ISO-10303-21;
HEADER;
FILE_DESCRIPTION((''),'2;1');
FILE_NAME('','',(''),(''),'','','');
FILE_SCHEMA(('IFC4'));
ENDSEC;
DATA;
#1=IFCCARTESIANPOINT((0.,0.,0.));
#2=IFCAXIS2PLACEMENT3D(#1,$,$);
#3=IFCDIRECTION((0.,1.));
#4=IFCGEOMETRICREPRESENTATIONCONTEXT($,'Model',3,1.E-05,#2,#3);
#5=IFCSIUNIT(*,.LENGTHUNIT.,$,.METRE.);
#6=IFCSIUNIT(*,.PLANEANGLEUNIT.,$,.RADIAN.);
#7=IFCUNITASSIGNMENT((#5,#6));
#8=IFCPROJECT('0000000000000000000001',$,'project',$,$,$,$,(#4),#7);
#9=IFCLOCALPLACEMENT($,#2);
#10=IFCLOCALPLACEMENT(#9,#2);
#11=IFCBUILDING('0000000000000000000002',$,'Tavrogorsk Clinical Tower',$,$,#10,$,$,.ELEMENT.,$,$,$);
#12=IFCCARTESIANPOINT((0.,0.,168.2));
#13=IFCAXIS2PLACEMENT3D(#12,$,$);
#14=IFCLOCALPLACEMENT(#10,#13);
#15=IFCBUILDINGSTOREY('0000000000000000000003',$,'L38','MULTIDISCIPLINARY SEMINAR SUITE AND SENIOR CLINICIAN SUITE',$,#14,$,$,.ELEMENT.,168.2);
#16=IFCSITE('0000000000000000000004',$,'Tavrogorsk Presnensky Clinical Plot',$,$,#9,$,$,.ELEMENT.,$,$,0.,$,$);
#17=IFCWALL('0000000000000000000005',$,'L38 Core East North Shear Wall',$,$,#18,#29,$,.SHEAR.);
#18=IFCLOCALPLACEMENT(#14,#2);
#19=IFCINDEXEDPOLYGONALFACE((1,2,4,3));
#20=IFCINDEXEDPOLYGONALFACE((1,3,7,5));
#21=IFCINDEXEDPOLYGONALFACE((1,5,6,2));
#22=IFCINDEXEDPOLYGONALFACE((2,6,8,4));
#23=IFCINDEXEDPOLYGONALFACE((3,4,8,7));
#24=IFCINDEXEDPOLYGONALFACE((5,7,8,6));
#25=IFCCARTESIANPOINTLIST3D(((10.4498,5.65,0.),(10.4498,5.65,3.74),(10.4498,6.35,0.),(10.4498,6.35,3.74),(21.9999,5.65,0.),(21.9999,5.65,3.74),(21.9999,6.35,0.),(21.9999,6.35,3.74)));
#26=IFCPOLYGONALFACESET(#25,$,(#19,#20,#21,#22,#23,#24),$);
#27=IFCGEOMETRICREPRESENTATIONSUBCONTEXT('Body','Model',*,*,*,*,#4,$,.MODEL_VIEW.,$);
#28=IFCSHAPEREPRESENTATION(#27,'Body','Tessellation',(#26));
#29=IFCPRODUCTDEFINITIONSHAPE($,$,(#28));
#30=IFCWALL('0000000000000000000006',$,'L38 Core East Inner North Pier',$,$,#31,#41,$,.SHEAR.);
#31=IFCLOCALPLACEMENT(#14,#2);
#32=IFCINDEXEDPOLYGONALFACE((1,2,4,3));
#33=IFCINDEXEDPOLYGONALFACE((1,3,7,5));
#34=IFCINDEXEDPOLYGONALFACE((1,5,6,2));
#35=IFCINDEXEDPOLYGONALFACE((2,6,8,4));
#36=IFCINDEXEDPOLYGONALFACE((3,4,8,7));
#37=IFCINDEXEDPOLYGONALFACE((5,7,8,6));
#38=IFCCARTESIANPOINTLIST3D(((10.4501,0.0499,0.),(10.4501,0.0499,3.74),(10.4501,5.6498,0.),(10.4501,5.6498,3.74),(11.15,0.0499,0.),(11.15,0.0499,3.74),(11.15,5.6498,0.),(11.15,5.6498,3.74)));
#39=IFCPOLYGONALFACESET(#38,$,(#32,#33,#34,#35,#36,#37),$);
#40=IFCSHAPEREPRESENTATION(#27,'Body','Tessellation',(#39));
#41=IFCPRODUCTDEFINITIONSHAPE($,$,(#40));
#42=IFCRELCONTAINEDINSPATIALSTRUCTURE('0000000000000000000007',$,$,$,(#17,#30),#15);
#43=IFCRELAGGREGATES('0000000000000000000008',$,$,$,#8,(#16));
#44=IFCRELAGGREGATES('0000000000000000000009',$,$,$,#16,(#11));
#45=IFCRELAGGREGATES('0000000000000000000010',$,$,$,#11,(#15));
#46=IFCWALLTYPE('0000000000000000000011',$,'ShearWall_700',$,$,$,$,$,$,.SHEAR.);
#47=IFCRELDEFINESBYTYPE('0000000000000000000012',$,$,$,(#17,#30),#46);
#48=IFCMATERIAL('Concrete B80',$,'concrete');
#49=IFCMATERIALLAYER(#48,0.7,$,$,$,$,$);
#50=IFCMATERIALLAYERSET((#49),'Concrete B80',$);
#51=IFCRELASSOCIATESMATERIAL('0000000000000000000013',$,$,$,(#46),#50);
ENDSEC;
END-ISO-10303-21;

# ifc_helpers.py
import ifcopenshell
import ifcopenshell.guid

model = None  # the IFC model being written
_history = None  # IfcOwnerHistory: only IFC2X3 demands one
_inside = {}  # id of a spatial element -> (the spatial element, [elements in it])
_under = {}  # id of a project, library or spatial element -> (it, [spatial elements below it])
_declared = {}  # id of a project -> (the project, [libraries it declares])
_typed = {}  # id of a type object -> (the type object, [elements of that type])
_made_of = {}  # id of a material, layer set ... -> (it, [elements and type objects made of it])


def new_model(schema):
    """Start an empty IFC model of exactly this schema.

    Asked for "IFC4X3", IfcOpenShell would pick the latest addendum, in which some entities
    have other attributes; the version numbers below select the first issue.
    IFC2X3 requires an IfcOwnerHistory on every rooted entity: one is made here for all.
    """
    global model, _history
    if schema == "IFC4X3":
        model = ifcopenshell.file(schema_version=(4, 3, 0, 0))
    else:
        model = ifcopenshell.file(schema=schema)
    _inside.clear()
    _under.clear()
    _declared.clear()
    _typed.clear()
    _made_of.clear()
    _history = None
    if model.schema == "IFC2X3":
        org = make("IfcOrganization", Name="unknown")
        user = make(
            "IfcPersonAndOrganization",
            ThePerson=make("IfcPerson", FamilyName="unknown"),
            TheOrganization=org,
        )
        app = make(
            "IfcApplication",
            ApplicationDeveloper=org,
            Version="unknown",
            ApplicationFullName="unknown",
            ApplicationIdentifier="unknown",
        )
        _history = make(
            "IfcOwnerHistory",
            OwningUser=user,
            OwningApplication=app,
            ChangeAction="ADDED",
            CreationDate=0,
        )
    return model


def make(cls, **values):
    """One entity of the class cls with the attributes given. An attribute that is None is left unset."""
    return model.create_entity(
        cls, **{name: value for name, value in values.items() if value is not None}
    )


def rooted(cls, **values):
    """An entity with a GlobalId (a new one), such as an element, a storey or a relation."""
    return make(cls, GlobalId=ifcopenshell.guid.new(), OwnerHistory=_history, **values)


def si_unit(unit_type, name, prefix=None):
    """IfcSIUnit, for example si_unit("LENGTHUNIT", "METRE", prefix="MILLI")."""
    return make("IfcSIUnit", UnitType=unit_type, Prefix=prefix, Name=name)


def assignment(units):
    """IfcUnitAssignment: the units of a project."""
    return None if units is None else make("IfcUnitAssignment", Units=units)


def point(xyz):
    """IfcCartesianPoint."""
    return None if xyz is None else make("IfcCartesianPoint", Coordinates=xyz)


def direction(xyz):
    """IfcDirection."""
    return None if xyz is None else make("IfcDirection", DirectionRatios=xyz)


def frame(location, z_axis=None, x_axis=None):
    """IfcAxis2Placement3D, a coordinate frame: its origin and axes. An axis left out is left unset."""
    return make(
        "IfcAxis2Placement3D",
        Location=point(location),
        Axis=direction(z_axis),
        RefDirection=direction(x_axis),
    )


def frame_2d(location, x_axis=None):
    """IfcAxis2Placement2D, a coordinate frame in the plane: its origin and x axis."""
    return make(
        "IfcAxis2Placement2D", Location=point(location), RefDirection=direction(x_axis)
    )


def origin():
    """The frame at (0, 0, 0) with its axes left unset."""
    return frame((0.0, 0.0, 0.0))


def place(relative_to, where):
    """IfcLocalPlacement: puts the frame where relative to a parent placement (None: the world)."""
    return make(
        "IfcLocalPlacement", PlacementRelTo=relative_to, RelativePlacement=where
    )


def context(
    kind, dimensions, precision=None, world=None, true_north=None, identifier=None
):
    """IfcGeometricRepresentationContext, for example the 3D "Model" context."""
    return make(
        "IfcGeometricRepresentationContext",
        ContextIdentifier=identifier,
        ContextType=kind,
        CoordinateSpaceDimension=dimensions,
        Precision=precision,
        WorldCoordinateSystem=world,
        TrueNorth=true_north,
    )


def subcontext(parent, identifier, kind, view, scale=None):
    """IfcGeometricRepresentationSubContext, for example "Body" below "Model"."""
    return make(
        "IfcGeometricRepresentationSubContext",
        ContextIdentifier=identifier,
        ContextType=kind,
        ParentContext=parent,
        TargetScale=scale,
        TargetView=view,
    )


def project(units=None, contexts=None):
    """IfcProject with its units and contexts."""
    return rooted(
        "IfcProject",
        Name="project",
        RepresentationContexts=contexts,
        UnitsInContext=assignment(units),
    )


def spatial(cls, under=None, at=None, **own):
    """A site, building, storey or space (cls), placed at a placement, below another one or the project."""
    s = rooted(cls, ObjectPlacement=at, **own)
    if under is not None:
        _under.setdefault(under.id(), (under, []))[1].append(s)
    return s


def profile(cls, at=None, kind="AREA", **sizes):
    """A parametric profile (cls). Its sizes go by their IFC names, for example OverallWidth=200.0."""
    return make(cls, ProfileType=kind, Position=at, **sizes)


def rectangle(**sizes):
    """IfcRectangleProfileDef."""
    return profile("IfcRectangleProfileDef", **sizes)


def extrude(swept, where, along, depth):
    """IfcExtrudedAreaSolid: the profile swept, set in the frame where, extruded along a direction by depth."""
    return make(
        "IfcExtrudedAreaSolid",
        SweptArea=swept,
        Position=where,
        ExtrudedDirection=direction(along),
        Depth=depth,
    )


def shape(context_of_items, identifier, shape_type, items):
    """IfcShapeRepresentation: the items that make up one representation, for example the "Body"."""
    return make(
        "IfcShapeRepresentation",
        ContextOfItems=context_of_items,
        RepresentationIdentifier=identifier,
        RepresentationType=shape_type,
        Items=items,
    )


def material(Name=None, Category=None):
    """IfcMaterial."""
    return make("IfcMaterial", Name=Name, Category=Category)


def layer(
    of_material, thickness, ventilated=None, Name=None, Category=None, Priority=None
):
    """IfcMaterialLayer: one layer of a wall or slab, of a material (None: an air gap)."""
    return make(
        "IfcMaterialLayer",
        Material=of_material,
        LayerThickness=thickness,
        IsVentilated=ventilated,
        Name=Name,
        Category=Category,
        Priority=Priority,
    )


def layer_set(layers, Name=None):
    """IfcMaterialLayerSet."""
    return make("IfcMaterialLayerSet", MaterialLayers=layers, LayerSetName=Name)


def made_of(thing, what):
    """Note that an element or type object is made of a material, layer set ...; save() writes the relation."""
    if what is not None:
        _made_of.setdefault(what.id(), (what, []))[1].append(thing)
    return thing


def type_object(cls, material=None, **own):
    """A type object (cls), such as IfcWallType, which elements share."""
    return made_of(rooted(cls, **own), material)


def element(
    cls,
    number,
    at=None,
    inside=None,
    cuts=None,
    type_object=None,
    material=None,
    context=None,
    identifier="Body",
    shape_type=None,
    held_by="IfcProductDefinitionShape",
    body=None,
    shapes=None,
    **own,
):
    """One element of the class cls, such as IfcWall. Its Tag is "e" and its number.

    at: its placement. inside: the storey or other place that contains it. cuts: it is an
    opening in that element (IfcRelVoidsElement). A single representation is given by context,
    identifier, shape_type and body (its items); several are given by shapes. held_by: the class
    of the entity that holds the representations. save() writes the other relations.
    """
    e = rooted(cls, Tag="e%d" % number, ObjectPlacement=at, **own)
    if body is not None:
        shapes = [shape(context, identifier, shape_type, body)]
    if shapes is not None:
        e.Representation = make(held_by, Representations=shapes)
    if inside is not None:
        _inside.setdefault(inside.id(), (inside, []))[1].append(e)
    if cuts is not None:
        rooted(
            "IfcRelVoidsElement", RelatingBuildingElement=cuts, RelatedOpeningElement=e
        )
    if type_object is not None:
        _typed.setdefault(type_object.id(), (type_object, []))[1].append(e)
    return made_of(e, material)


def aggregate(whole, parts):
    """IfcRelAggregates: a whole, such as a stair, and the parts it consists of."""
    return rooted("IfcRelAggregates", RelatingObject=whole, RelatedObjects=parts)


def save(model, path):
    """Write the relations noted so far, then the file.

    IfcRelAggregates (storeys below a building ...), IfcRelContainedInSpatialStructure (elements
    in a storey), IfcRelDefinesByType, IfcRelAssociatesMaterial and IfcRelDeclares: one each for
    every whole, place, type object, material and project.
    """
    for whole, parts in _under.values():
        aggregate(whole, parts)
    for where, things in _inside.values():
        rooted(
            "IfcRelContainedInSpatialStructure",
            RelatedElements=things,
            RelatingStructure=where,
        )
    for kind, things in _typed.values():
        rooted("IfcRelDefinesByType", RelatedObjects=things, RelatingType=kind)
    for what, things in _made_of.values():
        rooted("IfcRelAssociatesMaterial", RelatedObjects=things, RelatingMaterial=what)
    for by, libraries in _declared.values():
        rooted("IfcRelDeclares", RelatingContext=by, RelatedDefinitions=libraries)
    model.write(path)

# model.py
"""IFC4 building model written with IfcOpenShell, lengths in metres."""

from ifc_helpers import new_model, si_unit, direction, frame, frame_2d, origin, place, context, subcontext, project, spatial, rectangle, extrude, material, layer, layer_set, type_object, element, save


model = new_model("IFC4")

# Units and contexts
model_context = context("Model", 3, precision=1e-05, world=origin(), true_north=direction((0.0, 1.0)))
body_context = subcontext(model_context, "Body", "Model", "MODEL_VIEW")
ifc_project = project(units=[si_unit("LENGTHUNIT", "METRE"), si_unit("PLANEANGLEUNIT", "RADIAN")], contexts=[model_context])

# Site, building, storey
site_placement = place(None, origin())
site = spatial("IfcSite", under=ifc_project, at=site_placement, Name="Tavrogorsk Presnensky Clinical Plot", CompositionType="ELEMENT", RefElevation=0.0)
building_placement = place(site_placement, origin())
building = spatial("IfcBuilding", under=site, at=building_placement, Name="Tavrogorsk Clinical Tower", CompositionType="ELEMENT")
storey_placement = place(building_placement, frame((0.0, 0.0, 168.2)))
storey = spatial("IfcBuildingStorey", under=building, at=storey_placement, Name="L38", Description="MULTIDISCIPLINARY SEMINAR SUITE AND SENIOR CLINICIAN SUITE", CompositionType="ELEMENT", Elevation=168.2)

# Walls
ifc_material_1 = material(Name="Concrete B80", Category="concrete")
ifc_layer_1 = layer(ifc_material_1, 0.7)
ifc_layer_set_1 = layer_set([ifc_layer_1], Name="Concrete B80")
wall_type_1 = type_object("IfcWallType", Name="ShearWall_700", PredefinedType="SHEAR", material=ifc_layer_set_1)
wall_1_placement = place(storey_placement, frame((10.45, 6.0, 0.0), z_axis=(0.0, 0.0, 1.0), x_axis=(1.0, 0.0, 0.0)))
element("IfcWall", 1, at=wall_1_placement, inside=storey, type_object=wall_type_1, Name="L38 Core East North Shear Wall", PredefinedType="SHEAR", context=body_context, shape_type="SweptSolid", body=[
    extrude(rectangle(XDim=11.55, YDim=0.7, at=frame_2d((5.7749, 0.0))), origin(), (0.0, 0.0, 1.0), 3.74),
])
wall_2_placement = place(storey_placement, frame((10.8, 0.05, 0.0), z_axis=(0.0, 0.0, 1.0), x_axis=(0.0, 1.0, 0.0)))
element("IfcWall", 2, at=wall_2_placement, inside=storey, type_object=wall_type_1, Name="L38 Core East Inner North Pier", PredefinedType="SHEAR", context=body_context, shape_type="SweptSolid", body=[
    extrude(rectangle(XDim=5.5999, YDim=0.7, at=frame_2d((2.7998, 0.0))), origin(), (0.0, 0.0, 1.0), 3.74),
])

save(model, "model.ifc")
